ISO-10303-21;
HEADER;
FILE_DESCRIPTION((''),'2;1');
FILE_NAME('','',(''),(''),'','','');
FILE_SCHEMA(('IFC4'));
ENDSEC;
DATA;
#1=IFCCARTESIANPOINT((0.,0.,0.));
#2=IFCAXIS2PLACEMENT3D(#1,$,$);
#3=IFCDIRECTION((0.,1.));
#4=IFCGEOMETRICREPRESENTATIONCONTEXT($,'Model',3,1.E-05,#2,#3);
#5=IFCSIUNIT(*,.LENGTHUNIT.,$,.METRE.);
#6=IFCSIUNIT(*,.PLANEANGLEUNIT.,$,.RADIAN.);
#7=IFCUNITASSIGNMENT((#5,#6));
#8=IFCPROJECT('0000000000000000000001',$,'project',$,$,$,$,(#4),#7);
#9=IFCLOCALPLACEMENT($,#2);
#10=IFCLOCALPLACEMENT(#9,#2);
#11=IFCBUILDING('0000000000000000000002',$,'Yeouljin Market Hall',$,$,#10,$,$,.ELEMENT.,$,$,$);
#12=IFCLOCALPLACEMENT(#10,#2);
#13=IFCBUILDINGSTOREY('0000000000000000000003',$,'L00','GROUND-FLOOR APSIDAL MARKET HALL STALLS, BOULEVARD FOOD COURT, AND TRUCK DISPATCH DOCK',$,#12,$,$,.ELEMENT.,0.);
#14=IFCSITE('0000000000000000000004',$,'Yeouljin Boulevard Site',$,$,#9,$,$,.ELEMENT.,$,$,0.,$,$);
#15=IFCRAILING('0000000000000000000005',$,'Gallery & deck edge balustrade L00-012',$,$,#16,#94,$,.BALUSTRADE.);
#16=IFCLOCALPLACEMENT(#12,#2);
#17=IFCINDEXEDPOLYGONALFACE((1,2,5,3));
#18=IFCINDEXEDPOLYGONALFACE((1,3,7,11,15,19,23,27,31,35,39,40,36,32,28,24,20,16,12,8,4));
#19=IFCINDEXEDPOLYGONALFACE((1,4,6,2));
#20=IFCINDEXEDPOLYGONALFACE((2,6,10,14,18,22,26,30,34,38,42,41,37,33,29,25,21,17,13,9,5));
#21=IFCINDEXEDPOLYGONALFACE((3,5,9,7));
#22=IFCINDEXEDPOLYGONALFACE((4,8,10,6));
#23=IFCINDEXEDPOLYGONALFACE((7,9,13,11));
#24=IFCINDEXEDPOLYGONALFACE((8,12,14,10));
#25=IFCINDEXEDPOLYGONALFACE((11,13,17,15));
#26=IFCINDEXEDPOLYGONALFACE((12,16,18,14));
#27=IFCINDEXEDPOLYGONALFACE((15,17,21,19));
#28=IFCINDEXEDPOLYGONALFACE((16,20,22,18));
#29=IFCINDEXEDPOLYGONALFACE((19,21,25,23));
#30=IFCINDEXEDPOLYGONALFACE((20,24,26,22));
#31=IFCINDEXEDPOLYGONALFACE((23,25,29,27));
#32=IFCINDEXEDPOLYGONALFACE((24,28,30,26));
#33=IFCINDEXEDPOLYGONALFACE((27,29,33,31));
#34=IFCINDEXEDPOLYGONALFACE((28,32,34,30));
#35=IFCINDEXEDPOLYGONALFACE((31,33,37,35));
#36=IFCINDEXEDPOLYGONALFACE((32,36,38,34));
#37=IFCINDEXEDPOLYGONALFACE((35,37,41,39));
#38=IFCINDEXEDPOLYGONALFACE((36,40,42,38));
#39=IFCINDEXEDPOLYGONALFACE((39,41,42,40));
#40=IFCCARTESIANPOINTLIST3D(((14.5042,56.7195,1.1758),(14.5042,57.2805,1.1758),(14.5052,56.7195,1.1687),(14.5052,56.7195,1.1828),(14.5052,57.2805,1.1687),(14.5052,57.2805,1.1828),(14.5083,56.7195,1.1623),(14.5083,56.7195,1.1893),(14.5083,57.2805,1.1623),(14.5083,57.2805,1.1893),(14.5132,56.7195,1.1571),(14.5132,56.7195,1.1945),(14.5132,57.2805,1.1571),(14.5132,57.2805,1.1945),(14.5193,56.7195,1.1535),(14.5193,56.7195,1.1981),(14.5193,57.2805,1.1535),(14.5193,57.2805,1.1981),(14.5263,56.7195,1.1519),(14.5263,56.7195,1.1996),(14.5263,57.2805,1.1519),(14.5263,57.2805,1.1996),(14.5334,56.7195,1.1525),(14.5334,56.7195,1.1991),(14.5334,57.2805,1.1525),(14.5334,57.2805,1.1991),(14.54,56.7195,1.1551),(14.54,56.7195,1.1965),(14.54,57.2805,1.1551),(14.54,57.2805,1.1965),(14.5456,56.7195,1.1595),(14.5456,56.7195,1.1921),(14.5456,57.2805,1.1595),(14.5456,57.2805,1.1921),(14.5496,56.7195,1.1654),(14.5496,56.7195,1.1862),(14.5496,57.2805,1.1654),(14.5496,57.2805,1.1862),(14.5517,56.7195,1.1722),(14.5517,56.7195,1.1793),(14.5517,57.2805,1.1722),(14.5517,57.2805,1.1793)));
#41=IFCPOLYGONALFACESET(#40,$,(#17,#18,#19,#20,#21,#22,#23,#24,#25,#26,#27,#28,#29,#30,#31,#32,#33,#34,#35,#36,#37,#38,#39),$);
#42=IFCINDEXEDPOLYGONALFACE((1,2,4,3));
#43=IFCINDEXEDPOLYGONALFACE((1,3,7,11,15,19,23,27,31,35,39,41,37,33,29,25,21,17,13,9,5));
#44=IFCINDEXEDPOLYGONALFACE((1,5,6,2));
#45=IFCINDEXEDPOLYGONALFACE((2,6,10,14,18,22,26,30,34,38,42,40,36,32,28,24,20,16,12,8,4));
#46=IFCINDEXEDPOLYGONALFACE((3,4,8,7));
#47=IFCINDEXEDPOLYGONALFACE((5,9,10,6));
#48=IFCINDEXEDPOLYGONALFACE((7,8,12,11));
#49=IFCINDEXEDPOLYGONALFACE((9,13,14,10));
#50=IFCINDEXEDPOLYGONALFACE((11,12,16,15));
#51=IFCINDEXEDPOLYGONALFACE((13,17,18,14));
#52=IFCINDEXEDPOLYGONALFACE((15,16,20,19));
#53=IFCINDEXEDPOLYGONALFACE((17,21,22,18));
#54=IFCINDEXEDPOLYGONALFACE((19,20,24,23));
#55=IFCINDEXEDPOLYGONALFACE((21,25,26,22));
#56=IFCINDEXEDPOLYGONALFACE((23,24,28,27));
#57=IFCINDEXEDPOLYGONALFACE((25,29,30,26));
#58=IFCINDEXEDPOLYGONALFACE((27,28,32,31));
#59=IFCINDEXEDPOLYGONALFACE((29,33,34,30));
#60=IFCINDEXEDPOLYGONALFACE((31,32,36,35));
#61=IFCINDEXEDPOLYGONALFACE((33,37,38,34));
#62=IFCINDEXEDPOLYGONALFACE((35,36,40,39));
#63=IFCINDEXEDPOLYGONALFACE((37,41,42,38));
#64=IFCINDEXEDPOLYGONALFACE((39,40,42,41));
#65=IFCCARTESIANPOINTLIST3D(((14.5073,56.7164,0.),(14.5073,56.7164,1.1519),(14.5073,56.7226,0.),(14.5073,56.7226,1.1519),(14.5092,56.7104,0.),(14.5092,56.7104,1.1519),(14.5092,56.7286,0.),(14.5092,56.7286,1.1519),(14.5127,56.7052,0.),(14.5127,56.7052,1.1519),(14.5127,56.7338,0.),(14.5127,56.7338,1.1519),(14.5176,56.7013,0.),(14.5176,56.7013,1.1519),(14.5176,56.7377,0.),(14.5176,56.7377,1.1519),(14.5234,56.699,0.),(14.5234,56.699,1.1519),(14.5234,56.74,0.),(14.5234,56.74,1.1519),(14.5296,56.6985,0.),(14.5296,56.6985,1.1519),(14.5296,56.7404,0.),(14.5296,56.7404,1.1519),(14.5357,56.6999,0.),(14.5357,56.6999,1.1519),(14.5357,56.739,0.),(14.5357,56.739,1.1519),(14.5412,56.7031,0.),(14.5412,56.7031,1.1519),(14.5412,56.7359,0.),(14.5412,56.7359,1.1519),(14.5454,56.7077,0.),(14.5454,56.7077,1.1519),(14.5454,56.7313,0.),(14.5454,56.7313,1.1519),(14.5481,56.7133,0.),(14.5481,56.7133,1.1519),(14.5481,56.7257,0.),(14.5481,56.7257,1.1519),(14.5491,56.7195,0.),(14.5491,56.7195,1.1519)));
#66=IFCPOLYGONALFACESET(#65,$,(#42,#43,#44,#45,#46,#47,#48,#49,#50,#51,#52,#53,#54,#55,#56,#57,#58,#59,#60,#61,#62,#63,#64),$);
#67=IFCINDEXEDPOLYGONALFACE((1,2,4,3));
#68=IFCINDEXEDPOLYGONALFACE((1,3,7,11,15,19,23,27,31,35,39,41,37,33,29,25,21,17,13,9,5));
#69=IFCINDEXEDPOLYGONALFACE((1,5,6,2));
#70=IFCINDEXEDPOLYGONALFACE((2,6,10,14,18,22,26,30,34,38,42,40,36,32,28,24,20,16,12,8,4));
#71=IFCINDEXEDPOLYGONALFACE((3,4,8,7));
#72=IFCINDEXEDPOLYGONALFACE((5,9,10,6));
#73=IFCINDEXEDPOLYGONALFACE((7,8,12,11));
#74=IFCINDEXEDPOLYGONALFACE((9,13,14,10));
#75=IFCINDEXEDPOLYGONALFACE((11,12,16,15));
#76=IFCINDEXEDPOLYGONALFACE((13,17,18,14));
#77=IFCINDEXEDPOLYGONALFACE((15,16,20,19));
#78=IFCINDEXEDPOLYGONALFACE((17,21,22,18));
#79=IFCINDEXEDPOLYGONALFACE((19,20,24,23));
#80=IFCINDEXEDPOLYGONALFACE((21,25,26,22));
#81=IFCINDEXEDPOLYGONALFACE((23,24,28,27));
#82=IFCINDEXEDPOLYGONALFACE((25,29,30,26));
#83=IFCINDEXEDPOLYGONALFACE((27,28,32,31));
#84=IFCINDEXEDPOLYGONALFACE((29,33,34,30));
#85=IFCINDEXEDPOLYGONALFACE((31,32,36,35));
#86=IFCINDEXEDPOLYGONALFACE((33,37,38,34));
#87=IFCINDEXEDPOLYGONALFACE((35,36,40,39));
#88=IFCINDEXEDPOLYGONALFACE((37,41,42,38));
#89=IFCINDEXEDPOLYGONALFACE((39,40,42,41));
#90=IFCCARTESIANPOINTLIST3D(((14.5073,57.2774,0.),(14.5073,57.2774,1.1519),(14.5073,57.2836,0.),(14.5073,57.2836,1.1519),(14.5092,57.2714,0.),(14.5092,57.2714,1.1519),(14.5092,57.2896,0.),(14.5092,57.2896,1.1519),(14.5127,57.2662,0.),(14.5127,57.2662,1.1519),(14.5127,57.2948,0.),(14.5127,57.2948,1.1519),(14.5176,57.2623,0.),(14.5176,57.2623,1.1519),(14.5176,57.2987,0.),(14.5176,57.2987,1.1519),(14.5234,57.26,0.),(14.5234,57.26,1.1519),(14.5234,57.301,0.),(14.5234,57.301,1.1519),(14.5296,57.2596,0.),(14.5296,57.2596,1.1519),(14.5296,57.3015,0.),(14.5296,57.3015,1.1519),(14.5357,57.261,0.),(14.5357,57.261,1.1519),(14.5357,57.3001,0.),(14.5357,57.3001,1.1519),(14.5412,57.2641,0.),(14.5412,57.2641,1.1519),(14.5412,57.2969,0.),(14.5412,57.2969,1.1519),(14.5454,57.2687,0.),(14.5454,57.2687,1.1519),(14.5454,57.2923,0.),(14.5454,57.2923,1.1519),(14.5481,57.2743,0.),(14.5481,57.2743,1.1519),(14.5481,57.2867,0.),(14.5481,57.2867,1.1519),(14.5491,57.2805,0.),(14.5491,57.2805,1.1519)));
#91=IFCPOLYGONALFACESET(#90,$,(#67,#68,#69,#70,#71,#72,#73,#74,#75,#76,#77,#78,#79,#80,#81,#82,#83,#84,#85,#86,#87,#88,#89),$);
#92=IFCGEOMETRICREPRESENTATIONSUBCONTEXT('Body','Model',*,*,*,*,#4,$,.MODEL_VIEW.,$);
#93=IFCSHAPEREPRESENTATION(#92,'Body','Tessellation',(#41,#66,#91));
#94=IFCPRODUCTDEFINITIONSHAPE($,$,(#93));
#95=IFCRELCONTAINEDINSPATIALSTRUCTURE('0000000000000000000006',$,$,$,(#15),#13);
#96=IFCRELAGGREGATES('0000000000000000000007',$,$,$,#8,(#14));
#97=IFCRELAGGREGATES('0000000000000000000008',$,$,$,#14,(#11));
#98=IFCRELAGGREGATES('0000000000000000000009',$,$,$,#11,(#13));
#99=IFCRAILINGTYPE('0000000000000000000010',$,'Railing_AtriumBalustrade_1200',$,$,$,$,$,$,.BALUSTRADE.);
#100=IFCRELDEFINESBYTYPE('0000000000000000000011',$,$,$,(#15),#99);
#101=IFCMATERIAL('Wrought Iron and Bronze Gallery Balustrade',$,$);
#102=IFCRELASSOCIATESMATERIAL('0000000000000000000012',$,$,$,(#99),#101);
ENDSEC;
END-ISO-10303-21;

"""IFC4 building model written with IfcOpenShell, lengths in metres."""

from ifc_helpers import new_model, si_unit, direction, frame, origin, origin_2d, place, context, subcontext, project, spatial, circle, extrude, material, type_object, element, save


model = new_model("IFC4")

# Units and contexts
model_context = context("Model", 3, precision=1e-05, world=origin(), true_north=direction((0.0, 1.0)))
body_context = subcontext(model_context, "Body", "Model", "MODEL_VIEW")
ifc_project = project(units=[si_unit("LENGTHUNIT", "METRE"), si_unit("PLANEANGLEUNIT", "RADIAN")], contexts=[model_context])

# Site, building, storey
site_placement = place(None, origin())
site = spatial("IfcSite", under=ifc_project, at=site_placement, Name="Yeouljin Boulevard Site", CompositionType="ELEMENT", RefElevation=0.0)
building_placement = place(site_placement, origin())
building = spatial("IfcBuilding", under=site, at=building_placement, Name="Yeouljin Market Hall", CompositionType="ELEMENT")
storey_placement = place(building_placement, origin())
storey = spatial("IfcBuildingStorey", under=building, at=storey_placement, Name="L00", Description="GROUND-FLOOR APSIDAL MARKET HALL STALLS, BOULEVARD FOOD COURT, AND TRUCK DISPATCH DOCK", CompositionType="ELEMENT", Elevation=0.0)

# Railing
ifc_material_1 = material(Name="Wrought Iron and Bronze Gallery Balustrade")
railing_type = type_object("IfcRailingType", Name="Railing_AtriumBalustrade_1200", PredefinedType="BALUSTRADE", material=ifc_material_1)
railing_placement = place(storey_placement, frame((14.5281, 56.7195, 0.0)))
element("IfcRailing", 1, at=railing_placement, inside=storey, type_object=railing_type, Name="Gallery & deck edge balustrade L00-012", PredefinedType="BALUSTRADE", context=body_context, shape_type="SweptSolid", body=[
    extrude(circle(Radius=0.0239, at=origin_2d()), frame((0.0, 0.0, 1.1758), z_axis=(0.0, 1.0, 0.0), x_axis=(-1.0, 0.0, 0.0)), (0.0, 0.0, 1.0), 0.561),
    extrude(circle(Radius=0.021, at=origin_2d()), origin(), (0.0, 0.0, 1.0), 1.1519),
    extrude(circle(Radius=0.021, at=origin_2d()), frame((0.0, 0.561, 0.0)), (0.0, 0.0, 1.0), 1.1519),
])

save(model, "model.ifc")
